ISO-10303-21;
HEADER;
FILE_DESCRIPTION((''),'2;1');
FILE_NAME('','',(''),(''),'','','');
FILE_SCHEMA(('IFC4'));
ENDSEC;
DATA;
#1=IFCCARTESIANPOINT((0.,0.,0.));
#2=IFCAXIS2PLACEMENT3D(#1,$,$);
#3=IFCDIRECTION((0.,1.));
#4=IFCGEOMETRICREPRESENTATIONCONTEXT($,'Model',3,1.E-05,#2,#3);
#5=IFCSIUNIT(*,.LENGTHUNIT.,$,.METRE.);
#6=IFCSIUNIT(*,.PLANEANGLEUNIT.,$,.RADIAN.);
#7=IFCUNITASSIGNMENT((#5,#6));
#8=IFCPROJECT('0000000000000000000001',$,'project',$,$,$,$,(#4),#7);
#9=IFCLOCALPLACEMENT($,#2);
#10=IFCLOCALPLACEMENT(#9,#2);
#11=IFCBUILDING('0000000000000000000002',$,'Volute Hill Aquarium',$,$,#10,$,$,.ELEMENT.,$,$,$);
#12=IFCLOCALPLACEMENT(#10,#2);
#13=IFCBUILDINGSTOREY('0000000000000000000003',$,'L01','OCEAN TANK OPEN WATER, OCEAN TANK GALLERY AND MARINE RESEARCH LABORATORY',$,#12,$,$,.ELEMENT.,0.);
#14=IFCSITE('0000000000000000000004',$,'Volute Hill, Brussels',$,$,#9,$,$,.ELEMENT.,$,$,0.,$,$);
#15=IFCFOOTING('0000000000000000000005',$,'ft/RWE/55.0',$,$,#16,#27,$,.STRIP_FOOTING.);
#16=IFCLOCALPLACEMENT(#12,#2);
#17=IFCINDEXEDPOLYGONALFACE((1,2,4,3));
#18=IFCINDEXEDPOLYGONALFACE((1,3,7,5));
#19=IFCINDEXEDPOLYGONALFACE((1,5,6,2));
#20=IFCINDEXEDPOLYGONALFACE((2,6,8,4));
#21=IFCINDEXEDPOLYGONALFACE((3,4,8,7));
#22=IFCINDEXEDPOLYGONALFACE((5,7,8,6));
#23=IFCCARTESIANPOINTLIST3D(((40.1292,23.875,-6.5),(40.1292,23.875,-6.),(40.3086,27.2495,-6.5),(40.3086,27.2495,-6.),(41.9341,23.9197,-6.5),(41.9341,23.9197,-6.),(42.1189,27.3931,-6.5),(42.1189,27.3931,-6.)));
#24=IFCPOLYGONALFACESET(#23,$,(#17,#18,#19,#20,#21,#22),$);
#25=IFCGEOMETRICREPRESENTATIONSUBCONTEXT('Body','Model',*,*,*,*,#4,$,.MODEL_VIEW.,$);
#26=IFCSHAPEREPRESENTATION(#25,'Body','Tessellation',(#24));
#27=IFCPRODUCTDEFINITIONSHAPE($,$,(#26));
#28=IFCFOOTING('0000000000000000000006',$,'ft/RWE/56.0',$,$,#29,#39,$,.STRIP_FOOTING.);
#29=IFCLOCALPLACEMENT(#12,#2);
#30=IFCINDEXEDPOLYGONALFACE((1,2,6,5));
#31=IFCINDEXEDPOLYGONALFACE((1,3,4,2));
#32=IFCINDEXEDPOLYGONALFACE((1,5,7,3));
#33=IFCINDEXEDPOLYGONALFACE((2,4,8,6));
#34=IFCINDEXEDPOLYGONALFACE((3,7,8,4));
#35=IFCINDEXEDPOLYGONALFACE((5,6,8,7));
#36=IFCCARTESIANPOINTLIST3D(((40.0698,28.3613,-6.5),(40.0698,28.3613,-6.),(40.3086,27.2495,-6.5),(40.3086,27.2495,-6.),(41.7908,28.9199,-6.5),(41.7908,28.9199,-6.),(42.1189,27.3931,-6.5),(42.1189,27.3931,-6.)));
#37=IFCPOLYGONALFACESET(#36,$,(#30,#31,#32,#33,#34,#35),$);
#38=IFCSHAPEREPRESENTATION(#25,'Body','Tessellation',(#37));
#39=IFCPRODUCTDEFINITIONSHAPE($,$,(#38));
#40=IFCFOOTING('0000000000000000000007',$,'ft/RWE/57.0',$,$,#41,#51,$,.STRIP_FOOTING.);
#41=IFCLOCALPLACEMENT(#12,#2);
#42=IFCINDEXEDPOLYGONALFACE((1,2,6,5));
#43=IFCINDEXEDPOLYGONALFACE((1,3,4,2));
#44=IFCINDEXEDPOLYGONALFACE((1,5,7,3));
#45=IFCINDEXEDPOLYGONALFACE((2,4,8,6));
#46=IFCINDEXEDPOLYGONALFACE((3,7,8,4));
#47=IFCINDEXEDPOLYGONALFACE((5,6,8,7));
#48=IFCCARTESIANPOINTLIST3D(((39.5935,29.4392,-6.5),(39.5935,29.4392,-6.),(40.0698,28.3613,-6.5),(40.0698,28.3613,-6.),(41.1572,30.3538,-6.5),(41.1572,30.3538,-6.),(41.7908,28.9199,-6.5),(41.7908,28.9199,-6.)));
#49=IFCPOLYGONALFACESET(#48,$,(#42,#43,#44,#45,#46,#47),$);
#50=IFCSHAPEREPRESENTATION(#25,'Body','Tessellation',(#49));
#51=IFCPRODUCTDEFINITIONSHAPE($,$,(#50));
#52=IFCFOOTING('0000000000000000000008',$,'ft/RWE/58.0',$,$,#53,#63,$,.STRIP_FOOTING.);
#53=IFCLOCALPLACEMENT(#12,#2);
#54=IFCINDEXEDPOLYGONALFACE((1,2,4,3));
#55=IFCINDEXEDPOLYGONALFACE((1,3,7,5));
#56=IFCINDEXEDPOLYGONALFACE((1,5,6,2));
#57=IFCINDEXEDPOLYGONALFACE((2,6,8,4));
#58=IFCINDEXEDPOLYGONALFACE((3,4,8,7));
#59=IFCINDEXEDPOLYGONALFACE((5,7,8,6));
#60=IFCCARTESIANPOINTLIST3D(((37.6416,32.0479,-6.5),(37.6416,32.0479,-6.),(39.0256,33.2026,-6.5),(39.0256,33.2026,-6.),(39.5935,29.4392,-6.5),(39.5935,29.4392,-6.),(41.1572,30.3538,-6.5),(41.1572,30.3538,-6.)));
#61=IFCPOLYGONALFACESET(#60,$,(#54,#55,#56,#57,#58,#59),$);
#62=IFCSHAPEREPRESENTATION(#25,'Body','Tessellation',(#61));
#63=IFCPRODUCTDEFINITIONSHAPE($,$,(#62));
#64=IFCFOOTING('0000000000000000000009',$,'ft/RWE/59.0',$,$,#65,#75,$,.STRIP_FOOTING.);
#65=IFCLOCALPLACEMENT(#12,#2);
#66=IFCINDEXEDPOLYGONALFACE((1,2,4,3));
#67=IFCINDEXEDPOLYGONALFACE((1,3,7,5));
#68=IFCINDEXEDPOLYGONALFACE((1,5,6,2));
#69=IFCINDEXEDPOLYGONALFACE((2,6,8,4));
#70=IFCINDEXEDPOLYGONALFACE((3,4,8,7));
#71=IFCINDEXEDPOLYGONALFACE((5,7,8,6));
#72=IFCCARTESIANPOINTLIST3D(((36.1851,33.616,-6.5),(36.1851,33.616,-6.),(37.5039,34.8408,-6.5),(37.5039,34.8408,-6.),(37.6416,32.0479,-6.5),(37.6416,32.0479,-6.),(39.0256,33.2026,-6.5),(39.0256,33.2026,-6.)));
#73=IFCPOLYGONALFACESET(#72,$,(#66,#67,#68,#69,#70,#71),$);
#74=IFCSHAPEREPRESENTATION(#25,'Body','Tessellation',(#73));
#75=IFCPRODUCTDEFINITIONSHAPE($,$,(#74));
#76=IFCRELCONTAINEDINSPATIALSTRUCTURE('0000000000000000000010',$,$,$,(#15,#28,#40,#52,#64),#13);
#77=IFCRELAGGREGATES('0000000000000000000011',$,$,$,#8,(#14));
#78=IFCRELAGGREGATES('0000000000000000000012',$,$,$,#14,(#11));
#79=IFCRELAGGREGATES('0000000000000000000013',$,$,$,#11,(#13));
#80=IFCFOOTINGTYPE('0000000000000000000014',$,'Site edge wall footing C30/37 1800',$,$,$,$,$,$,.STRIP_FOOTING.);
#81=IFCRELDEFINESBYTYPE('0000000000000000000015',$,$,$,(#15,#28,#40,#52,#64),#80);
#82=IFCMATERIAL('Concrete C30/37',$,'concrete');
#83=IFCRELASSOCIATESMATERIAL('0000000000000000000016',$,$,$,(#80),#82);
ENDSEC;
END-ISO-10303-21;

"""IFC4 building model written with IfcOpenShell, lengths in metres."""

from ifc_helpers import new_model, si_unit, direction, frame, origin, place, context, subcontext, project, spatial, polyline, outline, extrude, material, type_object, element, save


model = new_model("IFC4")

# Units and contexts
model_context = context("Model", 3, precision=1e-05, world=origin(), true_north=direction((0.0, 1.0)))
body_context = subcontext(model_context, "Body", "Model", "MODEL_VIEW")
ifc_project = project(units=[si_unit("LENGTHUNIT", "METRE"), si_unit("PLANEANGLEUNIT", "RADIAN")], contexts=[model_context])

# Site, building, storey
site_placement = place(None, origin())
site = spatial("IfcSite", under=ifc_project, at=site_placement, Name="Volute Hill, Brussels", CompositionType="ELEMENT", RefElevation=0.0)
building_placement = place(site_placement, origin())
building = spatial("IfcBuilding", under=site, at=building_placement, Name="Volute Hill Aquarium", CompositionType="ELEMENT")
storey_placement = place(building_placement, origin())
storey = spatial("IfcBuildingStorey", under=building, at=storey_placement, Name="L01", Description="OCEAN TANK OPEN WATER, OCEAN TANK GALLERY AND MARINE RESEARCH LABORATORY", CompositionType="ELEMENT", Elevation=0.0)

# Footings
ifc_material = material(Name="Concrete C30/37", Category="concrete")
footing_type = type_object("IfcFootingType", Name="Site edge wall footing C30/37 1800", PredefinedType="STRIP_FOOTING", material=ifc_material)
footing_1_placement = place(storey_placement, frame((0.0, 0.0, -6.5)))
element("IfcFooting", 1, at=footing_1_placement, inside=storey, type_object=footing_type, Name="ft/RWE/55.0", PredefinedType="STRIP_FOOTING", context=body_context, shape_type="SweptSolid", body=[
    extrude(outline(polyline([(42.1189, 27.3931), (42.1189, 27.3931), (40.3086, 27.2495), (40.3086, 27.2495), (40.1292, 23.875), (40.1292, 23.875), (41.9341, 23.9197), (41.9341, 23.9197), (42.1189, 27.3931)])), origin(), (0.0, 0.0, 1.0), 0.5),
])
footing_2_placement = place(storey_placement, frame((0.0, 0.0, -6.5)))
element("IfcFooting", 2, at=footing_2_placement, inside=storey, type_object=footing_type, Name="ft/RWE/56.0", PredefinedType="STRIP_FOOTING", context=body_context, shape_type="SweptSolid", body=[
    extrude(outline(polyline([(42.1189, 27.3931), (41.7908, 28.9199), (40.0698, 28.3613), (40.3086, 27.2495), (42.1189, 27.3931)])), origin(), (0.0, 0.0, 1.0), 0.5),
])
footing_3_placement = place(storey_placement, frame((0.0, 0.0, -6.5)))
element("IfcFooting", 3, at=footing_3_placement, inside=storey, type_object=footing_type, Name="ft/RWE/57.0", PredefinedType="STRIP_FOOTING", context=body_context, shape_type="SweptSolid", body=[
    extrude(outline(polyline([(41.1572, 30.3538), (41.1572, 30.3538), (39.5935, 29.4392), (39.5935, 29.4392), (40.0698, 28.3613), (40.0698, 28.3613), (41.7908, 28.9199), (41.7908, 28.9199), (41.1572, 30.3538)])), origin(), (0.0, 0.0, 1.0), 0.5),
])
footing_4_placement = place(storey_placement, frame((0.0, 0.0, -6.5)))
element("IfcFooting", 4, at=footing_4_placement, inside=storey, type_object=footing_type, Name="ft/RWE/58.0", PredefinedType="STRIP_FOOTING", context=body_context, shape_type="SweptSolid", body=[
    extrude(outline(polyline([(41.1572, 30.3538), (39.0256, 33.2026), (37.6416, 32.0479), (37.6416, 32.0479), (39.5935, 29.4392), (41.1572, 30.3538)])), origin(), (0.0, 0.0, 1.0), 0.5),
])
footing_5_placement = place(storey_placement, frame((0.0, 0.0, -6.5)))
element("IfcFooting", 5, at=footing_5_placement, inside=storey, type_object=footing_type, Name="ft/RWE/59.0", PredefinedType="STRIP_FOOTING", context=body_context, shape_type="SweptSolid", body=[
    extrude(outline(polyline([(39.0256, 33.2026), (37.5039, 34.8408), (36.1851, 33.616), (37.6416, 32.0479), (39.0256, 33.2026), (39.0256, 33.2026)])), origin(), (0.0, 0.0, 1.0), 0.5),
])

save(model, "model.ifc")
